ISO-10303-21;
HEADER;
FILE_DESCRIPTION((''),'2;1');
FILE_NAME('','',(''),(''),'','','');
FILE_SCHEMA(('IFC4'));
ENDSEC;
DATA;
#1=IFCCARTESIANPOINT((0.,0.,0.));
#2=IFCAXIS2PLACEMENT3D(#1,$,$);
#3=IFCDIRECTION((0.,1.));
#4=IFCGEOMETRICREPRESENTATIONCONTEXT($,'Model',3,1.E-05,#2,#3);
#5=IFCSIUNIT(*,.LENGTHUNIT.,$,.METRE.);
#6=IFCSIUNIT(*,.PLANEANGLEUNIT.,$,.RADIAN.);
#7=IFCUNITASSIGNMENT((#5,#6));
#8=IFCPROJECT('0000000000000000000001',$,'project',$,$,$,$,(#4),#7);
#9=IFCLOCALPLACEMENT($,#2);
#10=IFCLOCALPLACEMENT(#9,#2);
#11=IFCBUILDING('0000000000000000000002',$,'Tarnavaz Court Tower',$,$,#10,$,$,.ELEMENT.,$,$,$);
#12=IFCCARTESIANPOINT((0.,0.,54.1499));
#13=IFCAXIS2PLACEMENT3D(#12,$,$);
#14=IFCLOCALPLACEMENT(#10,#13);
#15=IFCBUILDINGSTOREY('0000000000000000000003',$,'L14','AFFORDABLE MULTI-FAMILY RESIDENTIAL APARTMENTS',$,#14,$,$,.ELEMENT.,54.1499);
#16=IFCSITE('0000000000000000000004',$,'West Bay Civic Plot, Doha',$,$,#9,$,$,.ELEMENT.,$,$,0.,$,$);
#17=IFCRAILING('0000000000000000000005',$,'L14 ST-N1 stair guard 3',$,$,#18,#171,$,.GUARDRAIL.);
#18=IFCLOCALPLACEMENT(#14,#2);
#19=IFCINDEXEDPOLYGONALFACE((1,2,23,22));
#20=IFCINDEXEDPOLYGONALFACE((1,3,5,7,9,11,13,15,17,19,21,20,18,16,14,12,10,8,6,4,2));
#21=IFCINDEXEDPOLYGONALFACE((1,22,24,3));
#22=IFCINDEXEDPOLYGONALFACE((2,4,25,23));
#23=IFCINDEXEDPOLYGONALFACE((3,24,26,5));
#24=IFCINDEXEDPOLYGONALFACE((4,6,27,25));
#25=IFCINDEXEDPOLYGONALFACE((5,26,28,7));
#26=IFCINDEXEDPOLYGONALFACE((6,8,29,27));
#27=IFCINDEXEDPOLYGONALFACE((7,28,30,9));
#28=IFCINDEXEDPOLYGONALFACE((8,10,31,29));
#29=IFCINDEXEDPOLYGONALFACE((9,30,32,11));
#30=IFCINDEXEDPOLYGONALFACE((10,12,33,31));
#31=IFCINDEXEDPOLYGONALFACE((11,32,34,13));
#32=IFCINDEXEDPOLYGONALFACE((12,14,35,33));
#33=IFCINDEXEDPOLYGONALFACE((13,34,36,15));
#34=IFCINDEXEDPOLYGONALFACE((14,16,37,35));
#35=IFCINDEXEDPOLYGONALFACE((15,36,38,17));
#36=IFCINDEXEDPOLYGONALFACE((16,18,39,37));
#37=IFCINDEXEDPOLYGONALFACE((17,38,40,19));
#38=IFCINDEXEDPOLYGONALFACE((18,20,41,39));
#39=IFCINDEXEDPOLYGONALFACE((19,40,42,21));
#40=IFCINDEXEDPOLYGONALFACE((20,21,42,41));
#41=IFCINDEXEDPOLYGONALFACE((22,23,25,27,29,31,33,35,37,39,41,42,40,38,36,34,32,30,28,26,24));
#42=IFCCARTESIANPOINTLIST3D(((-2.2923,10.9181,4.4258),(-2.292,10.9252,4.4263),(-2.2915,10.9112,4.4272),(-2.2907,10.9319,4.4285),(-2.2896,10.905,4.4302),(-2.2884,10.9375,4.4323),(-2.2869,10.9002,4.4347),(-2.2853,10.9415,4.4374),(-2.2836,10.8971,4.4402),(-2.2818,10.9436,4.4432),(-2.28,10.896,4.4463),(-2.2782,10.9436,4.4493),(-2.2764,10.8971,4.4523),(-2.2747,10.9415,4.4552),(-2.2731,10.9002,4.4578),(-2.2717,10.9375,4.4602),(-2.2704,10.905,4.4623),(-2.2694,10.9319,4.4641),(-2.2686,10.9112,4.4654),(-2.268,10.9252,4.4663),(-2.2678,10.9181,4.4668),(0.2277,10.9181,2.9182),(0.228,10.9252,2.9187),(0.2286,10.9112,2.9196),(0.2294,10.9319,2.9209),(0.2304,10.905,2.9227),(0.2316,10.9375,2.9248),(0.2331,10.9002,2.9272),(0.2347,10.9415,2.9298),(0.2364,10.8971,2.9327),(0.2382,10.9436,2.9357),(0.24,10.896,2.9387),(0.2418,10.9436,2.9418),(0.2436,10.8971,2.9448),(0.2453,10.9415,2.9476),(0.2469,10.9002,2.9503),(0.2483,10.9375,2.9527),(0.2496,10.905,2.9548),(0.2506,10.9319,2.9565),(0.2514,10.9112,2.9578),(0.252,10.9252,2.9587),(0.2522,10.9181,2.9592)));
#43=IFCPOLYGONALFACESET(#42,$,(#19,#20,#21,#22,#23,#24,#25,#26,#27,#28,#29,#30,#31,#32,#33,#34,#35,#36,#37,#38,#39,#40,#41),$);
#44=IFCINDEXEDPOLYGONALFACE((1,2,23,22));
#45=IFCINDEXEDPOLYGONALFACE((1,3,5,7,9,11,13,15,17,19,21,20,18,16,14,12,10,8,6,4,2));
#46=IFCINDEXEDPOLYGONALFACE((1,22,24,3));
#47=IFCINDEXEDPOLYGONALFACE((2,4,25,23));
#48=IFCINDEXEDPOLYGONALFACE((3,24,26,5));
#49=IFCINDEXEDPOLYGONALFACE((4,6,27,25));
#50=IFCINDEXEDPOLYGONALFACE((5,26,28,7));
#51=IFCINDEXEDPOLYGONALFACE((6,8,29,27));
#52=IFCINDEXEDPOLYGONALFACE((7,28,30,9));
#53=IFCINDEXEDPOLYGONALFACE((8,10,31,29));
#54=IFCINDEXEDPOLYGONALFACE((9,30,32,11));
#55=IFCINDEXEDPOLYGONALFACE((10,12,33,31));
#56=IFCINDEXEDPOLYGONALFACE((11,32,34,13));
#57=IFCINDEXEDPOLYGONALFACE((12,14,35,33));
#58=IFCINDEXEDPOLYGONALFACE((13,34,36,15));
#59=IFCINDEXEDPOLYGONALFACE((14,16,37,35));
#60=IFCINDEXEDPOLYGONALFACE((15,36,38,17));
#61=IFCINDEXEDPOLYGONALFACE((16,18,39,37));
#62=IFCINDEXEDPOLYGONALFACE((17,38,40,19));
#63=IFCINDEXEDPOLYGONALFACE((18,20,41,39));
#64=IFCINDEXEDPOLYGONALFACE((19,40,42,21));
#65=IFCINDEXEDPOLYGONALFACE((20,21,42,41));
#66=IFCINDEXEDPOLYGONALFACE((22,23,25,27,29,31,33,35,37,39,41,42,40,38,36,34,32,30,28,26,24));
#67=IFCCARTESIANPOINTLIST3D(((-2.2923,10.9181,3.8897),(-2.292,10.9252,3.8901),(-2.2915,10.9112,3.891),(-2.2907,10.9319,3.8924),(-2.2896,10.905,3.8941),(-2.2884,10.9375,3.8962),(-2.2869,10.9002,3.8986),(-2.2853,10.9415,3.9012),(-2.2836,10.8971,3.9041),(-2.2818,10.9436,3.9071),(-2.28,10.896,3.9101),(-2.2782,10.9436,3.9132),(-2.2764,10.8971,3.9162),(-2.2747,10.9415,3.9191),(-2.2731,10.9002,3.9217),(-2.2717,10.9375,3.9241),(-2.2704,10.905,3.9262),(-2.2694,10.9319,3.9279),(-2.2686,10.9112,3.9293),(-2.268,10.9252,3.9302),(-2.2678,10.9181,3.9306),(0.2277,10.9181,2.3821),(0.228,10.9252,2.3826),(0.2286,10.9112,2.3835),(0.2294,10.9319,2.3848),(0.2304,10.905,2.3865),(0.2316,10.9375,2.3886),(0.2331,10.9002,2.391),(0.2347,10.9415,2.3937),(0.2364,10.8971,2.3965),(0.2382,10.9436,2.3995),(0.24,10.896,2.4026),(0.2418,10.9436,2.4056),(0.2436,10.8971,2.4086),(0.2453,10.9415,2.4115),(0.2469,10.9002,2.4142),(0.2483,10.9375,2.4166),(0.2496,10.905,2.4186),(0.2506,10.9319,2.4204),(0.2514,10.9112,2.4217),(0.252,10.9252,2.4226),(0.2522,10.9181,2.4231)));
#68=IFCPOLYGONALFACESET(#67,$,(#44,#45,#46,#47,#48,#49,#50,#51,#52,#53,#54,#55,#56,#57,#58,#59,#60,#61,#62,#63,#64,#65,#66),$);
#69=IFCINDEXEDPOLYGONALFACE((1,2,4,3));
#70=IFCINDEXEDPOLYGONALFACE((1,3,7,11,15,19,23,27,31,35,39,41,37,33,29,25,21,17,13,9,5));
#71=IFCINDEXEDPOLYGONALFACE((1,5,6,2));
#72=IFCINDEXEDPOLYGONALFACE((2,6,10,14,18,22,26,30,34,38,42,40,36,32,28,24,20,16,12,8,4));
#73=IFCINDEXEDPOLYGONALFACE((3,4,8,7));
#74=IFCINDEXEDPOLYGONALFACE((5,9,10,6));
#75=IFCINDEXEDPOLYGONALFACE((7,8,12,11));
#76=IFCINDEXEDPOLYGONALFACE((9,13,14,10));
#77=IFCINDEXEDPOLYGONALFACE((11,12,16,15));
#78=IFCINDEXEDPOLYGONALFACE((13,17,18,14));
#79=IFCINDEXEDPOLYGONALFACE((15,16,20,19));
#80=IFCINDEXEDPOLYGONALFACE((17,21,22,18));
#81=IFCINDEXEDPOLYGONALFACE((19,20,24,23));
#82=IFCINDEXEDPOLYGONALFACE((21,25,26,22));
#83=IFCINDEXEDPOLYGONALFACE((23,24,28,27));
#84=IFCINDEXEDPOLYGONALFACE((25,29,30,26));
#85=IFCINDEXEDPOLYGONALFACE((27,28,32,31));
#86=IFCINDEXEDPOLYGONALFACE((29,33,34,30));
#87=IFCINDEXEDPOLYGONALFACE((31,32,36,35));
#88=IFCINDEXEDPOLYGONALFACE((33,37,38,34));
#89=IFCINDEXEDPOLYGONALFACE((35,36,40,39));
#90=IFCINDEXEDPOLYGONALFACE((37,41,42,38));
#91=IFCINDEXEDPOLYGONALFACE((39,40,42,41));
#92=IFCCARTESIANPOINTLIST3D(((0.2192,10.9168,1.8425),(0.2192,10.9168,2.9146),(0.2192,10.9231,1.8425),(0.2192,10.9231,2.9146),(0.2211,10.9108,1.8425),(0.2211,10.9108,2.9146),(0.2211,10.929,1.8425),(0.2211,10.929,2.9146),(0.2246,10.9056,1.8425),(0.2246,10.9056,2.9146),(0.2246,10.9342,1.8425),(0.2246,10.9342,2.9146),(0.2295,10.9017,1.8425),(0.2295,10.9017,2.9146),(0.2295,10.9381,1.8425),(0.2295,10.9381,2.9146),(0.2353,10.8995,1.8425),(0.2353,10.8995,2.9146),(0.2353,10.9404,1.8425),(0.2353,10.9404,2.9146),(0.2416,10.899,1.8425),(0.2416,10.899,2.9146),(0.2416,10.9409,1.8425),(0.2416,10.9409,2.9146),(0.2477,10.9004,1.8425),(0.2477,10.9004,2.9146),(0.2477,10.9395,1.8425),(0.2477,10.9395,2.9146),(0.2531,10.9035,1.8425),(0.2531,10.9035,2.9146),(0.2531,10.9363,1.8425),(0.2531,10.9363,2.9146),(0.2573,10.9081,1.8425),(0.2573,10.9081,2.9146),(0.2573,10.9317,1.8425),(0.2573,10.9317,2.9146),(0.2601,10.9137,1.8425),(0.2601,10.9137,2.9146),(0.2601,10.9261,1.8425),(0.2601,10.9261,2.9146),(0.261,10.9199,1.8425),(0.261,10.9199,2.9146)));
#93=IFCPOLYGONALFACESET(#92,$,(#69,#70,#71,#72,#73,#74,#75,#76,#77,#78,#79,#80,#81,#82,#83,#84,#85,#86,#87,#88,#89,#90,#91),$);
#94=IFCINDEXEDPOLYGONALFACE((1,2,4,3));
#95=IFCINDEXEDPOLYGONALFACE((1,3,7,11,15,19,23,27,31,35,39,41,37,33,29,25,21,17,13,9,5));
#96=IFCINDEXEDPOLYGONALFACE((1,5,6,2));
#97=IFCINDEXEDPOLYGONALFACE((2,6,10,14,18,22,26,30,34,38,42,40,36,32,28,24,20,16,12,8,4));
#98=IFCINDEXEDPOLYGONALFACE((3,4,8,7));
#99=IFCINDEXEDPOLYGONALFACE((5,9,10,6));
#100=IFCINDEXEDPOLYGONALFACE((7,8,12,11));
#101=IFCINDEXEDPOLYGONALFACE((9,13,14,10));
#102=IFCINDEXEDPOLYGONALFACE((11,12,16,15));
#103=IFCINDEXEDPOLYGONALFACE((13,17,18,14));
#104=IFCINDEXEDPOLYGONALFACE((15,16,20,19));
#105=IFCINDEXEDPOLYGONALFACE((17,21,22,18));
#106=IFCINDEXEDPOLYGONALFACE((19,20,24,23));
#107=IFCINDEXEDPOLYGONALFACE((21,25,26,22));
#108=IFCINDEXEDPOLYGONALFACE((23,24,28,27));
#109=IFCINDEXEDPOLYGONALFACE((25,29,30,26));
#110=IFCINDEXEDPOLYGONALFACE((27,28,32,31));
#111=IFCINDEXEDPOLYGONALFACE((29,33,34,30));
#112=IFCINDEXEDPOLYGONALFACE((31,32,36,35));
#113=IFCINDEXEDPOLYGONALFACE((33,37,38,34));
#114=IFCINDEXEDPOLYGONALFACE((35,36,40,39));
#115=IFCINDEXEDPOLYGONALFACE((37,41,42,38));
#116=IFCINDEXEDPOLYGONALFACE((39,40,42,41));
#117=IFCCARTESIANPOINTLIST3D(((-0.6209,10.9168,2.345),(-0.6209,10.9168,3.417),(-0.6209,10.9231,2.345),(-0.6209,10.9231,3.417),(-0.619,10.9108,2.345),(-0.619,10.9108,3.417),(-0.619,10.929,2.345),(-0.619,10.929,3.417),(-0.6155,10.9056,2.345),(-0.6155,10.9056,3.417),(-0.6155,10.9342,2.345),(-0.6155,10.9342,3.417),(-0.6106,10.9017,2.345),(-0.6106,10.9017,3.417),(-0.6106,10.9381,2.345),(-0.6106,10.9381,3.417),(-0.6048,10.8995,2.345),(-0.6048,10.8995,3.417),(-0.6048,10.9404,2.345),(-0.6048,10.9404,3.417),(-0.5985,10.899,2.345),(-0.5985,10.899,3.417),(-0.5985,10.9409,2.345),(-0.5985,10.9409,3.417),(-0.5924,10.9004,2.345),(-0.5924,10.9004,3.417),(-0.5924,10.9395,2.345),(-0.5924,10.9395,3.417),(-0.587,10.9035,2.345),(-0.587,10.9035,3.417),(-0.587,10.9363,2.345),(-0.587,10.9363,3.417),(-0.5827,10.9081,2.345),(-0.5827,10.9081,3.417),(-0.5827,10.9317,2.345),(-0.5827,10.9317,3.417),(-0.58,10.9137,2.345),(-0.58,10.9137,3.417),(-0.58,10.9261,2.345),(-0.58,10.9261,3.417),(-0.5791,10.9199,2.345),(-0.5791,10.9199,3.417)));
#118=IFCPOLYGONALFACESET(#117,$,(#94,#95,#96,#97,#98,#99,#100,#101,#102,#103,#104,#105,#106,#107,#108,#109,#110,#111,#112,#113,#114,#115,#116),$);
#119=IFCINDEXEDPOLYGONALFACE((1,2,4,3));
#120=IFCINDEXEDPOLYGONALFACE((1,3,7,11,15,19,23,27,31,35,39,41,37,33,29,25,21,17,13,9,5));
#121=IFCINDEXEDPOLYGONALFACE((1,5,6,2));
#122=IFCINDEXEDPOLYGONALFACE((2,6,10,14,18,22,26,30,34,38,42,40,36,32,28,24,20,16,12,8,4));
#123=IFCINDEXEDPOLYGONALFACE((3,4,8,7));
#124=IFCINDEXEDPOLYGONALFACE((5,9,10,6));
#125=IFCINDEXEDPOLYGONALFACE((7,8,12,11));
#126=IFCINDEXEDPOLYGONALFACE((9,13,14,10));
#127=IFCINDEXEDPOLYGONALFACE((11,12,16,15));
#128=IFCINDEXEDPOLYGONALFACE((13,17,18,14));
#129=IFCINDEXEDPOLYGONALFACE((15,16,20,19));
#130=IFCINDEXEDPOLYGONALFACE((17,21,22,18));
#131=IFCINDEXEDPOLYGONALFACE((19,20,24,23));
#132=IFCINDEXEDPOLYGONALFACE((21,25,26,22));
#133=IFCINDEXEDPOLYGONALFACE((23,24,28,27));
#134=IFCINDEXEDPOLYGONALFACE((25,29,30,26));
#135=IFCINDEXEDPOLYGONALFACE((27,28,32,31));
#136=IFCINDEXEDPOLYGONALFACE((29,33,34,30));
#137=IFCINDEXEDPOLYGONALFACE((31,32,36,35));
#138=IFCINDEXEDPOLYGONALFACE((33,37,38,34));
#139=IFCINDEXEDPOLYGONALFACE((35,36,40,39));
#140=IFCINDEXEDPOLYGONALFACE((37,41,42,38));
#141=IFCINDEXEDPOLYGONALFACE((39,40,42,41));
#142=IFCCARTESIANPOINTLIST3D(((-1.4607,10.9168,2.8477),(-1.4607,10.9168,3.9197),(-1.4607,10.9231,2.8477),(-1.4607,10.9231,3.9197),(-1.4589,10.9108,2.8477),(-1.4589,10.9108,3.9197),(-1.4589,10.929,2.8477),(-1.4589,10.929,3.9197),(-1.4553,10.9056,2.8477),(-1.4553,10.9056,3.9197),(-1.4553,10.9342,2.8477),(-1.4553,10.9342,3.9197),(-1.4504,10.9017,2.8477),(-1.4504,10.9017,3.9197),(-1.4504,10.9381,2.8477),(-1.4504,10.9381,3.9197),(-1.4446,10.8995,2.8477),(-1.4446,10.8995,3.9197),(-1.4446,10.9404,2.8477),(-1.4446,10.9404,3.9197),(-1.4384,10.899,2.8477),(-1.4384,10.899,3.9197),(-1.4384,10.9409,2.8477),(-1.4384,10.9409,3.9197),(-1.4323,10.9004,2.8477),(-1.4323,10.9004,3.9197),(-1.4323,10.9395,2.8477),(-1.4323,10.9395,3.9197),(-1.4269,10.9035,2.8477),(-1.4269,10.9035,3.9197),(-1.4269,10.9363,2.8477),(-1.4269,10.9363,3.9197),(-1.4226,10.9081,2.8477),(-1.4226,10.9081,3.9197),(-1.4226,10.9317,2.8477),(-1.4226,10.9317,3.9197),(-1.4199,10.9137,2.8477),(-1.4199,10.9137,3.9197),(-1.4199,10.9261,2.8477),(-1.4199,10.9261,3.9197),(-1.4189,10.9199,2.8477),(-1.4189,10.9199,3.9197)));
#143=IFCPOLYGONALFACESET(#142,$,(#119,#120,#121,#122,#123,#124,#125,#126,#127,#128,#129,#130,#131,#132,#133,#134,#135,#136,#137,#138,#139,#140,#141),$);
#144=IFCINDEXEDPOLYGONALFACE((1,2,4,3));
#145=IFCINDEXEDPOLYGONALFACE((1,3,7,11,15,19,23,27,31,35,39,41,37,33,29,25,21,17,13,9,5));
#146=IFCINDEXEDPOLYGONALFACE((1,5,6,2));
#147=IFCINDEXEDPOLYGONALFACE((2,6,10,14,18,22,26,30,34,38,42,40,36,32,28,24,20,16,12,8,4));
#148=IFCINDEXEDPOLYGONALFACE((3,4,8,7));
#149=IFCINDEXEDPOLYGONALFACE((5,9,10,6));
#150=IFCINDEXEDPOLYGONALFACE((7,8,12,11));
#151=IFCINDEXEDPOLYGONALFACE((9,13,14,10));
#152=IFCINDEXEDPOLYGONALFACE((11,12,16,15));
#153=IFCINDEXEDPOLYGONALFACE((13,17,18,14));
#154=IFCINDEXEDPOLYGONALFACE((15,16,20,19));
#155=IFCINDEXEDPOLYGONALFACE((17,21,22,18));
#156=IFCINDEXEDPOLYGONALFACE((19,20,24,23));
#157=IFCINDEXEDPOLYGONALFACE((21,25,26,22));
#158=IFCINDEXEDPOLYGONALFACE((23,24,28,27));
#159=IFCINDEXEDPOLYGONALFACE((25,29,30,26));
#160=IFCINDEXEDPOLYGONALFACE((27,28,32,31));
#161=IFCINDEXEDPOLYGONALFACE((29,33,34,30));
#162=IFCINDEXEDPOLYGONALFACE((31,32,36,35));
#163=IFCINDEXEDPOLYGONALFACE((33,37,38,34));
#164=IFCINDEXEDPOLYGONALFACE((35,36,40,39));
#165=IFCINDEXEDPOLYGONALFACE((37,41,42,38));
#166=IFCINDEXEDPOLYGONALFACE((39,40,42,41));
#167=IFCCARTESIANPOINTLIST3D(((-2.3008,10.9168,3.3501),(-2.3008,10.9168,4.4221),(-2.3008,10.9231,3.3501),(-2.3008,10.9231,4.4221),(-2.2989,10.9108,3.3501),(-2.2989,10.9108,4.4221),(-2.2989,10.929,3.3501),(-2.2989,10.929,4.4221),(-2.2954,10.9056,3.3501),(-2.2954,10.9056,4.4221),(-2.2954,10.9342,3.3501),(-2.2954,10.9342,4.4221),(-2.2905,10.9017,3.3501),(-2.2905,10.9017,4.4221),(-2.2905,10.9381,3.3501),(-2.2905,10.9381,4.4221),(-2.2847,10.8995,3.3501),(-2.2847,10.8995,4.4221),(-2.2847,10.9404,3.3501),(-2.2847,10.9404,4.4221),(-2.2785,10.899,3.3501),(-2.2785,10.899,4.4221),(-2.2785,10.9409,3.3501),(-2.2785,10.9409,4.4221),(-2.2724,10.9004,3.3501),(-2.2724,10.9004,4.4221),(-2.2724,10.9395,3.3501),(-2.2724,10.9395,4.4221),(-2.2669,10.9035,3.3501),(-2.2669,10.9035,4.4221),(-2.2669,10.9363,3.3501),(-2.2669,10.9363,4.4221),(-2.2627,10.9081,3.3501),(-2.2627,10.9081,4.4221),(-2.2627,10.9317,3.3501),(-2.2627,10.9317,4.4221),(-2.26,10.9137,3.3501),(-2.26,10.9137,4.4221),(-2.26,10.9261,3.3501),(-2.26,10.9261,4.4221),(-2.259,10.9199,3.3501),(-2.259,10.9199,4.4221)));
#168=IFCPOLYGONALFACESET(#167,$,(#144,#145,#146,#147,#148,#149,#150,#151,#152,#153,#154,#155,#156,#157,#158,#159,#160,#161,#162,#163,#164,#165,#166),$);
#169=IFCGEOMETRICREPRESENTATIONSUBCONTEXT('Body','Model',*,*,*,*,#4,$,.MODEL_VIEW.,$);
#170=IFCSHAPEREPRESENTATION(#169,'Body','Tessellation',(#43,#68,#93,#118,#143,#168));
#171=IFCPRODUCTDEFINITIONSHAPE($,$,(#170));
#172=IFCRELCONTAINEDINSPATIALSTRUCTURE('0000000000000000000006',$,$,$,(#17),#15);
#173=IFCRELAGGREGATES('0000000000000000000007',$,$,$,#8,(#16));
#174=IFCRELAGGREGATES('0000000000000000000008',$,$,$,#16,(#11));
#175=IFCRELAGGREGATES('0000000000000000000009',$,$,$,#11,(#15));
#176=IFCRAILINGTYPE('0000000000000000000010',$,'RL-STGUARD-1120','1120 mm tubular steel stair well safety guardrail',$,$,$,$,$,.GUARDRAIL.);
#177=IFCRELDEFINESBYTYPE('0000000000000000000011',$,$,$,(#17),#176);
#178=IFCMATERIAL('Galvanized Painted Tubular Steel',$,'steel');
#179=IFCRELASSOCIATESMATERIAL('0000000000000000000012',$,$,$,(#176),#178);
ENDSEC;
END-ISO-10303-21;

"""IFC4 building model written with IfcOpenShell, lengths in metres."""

from ifc_helpers import new_model, si_unit, direction, frame, origin, origin_2d, place, context, subcontext, project, spatial, circle, extrude, material, type_object, element, save


model = new_model("IFC4")

# Units and contexts
model_context = context("Model", 3, precision=1e-05, world=origin(), true_north=direction((0.0, 1.0)))
body_context = subcontext(model_context, "Body", "Model", "MODEL_VIEW")
ifc_project = project(units=[si_unit("LENGTHUNIT", "METRE"), si_unit("PLANEANGLEUNIT", "RADIAN")], contexts=[model_context])

# Site, building, storey
site_placement = place(None, origin())
site = spatial("IfcSite", under=ifc_project, at=site_placement, Name="West Bay Civic Plot, Doha", CompositionType="ELEMENT", RefElevation=0.0)
building_placement = place(site_placement, origin())
building = spatial("IfcBuilding", under=site, at=building_placement, Name="Tarnavaz Court Tower", CompositionType="ELEMENT")
storey_placement = place(building_placement, frame((0.0, 0.0, 54.1499)))
storey = spatial("IfcBuildingStorey", under=building, at=storey_placement, Name="L14", Description="AFFORDABLE MULTI-FAMILY RESIDENTIAL APARTMENTS", CompositionType="ELEMENT", Elevation=54.1499)

# Railing
ifc_material_1 = material(Name="Galvanized Painted Tubular Steel", Category="steel")
railing_type_1 = type_object("IfcRailingType", Name="RL-STGUARD-1120", Description="1120 mm tubular steel stair well safety guardrail", PredefinedType="GUARDRAIL", material=ifc_material_1)
railing_1_placement = place(storey_placement, frame((0.24, 10.9199, 1.8425)))
element("IfcRailing", 1, at=railing_1_placement, inside=storey, type_object=railing_type_1, Name="L14 ST-N1 stair guard 3", PredefinedType="GUARDRAIL", context=body_context, shape_type="SweptSolid", body=[
    extrude(circle(Radius=0.0239, at=origin_2d()), frame((0.0, 0.0, 1.0962), z_axis=(-0.85816, 0.0, 0.513383), x_axis=(0.0, -1.0, 0.0)), (0.0, 0.0, 1.0), 2.9365),
    extrude(circle(Radius=0.0239, at=origin_2d()), frame((0.0, 0.0, 0.5601), z_axis=(-0.85816, 0.0, 0.513383), x_axis=(0.0, -1.0, 0.0)), (0.0, 0.0, 1.0), 2.9365),
    extrude(circle(Radius=0.021, at=origin_2d()), origin(), (0.0, 0.0, 1.0), 1.072),
    extrude(circle(Radius=0.021, at=origin_2d()), frame((-0.8401, 0.0, 0.5024)), (0.0, 0.0, 1.0), 1.072),
    extrude(circle(Radius=0.021, at=origin_2d()), frame((-1.6799, 0.0, 1.0051)), (0.0, 0.0, 1.0), 1.072),
    extrude(circle(Radius=0.021, at=origin_2d()), frame((-2.52, 0.0, 1.5076)), (0.0, 0.0, 1.0), 1.072),
])

save(model, "model.ifc")
